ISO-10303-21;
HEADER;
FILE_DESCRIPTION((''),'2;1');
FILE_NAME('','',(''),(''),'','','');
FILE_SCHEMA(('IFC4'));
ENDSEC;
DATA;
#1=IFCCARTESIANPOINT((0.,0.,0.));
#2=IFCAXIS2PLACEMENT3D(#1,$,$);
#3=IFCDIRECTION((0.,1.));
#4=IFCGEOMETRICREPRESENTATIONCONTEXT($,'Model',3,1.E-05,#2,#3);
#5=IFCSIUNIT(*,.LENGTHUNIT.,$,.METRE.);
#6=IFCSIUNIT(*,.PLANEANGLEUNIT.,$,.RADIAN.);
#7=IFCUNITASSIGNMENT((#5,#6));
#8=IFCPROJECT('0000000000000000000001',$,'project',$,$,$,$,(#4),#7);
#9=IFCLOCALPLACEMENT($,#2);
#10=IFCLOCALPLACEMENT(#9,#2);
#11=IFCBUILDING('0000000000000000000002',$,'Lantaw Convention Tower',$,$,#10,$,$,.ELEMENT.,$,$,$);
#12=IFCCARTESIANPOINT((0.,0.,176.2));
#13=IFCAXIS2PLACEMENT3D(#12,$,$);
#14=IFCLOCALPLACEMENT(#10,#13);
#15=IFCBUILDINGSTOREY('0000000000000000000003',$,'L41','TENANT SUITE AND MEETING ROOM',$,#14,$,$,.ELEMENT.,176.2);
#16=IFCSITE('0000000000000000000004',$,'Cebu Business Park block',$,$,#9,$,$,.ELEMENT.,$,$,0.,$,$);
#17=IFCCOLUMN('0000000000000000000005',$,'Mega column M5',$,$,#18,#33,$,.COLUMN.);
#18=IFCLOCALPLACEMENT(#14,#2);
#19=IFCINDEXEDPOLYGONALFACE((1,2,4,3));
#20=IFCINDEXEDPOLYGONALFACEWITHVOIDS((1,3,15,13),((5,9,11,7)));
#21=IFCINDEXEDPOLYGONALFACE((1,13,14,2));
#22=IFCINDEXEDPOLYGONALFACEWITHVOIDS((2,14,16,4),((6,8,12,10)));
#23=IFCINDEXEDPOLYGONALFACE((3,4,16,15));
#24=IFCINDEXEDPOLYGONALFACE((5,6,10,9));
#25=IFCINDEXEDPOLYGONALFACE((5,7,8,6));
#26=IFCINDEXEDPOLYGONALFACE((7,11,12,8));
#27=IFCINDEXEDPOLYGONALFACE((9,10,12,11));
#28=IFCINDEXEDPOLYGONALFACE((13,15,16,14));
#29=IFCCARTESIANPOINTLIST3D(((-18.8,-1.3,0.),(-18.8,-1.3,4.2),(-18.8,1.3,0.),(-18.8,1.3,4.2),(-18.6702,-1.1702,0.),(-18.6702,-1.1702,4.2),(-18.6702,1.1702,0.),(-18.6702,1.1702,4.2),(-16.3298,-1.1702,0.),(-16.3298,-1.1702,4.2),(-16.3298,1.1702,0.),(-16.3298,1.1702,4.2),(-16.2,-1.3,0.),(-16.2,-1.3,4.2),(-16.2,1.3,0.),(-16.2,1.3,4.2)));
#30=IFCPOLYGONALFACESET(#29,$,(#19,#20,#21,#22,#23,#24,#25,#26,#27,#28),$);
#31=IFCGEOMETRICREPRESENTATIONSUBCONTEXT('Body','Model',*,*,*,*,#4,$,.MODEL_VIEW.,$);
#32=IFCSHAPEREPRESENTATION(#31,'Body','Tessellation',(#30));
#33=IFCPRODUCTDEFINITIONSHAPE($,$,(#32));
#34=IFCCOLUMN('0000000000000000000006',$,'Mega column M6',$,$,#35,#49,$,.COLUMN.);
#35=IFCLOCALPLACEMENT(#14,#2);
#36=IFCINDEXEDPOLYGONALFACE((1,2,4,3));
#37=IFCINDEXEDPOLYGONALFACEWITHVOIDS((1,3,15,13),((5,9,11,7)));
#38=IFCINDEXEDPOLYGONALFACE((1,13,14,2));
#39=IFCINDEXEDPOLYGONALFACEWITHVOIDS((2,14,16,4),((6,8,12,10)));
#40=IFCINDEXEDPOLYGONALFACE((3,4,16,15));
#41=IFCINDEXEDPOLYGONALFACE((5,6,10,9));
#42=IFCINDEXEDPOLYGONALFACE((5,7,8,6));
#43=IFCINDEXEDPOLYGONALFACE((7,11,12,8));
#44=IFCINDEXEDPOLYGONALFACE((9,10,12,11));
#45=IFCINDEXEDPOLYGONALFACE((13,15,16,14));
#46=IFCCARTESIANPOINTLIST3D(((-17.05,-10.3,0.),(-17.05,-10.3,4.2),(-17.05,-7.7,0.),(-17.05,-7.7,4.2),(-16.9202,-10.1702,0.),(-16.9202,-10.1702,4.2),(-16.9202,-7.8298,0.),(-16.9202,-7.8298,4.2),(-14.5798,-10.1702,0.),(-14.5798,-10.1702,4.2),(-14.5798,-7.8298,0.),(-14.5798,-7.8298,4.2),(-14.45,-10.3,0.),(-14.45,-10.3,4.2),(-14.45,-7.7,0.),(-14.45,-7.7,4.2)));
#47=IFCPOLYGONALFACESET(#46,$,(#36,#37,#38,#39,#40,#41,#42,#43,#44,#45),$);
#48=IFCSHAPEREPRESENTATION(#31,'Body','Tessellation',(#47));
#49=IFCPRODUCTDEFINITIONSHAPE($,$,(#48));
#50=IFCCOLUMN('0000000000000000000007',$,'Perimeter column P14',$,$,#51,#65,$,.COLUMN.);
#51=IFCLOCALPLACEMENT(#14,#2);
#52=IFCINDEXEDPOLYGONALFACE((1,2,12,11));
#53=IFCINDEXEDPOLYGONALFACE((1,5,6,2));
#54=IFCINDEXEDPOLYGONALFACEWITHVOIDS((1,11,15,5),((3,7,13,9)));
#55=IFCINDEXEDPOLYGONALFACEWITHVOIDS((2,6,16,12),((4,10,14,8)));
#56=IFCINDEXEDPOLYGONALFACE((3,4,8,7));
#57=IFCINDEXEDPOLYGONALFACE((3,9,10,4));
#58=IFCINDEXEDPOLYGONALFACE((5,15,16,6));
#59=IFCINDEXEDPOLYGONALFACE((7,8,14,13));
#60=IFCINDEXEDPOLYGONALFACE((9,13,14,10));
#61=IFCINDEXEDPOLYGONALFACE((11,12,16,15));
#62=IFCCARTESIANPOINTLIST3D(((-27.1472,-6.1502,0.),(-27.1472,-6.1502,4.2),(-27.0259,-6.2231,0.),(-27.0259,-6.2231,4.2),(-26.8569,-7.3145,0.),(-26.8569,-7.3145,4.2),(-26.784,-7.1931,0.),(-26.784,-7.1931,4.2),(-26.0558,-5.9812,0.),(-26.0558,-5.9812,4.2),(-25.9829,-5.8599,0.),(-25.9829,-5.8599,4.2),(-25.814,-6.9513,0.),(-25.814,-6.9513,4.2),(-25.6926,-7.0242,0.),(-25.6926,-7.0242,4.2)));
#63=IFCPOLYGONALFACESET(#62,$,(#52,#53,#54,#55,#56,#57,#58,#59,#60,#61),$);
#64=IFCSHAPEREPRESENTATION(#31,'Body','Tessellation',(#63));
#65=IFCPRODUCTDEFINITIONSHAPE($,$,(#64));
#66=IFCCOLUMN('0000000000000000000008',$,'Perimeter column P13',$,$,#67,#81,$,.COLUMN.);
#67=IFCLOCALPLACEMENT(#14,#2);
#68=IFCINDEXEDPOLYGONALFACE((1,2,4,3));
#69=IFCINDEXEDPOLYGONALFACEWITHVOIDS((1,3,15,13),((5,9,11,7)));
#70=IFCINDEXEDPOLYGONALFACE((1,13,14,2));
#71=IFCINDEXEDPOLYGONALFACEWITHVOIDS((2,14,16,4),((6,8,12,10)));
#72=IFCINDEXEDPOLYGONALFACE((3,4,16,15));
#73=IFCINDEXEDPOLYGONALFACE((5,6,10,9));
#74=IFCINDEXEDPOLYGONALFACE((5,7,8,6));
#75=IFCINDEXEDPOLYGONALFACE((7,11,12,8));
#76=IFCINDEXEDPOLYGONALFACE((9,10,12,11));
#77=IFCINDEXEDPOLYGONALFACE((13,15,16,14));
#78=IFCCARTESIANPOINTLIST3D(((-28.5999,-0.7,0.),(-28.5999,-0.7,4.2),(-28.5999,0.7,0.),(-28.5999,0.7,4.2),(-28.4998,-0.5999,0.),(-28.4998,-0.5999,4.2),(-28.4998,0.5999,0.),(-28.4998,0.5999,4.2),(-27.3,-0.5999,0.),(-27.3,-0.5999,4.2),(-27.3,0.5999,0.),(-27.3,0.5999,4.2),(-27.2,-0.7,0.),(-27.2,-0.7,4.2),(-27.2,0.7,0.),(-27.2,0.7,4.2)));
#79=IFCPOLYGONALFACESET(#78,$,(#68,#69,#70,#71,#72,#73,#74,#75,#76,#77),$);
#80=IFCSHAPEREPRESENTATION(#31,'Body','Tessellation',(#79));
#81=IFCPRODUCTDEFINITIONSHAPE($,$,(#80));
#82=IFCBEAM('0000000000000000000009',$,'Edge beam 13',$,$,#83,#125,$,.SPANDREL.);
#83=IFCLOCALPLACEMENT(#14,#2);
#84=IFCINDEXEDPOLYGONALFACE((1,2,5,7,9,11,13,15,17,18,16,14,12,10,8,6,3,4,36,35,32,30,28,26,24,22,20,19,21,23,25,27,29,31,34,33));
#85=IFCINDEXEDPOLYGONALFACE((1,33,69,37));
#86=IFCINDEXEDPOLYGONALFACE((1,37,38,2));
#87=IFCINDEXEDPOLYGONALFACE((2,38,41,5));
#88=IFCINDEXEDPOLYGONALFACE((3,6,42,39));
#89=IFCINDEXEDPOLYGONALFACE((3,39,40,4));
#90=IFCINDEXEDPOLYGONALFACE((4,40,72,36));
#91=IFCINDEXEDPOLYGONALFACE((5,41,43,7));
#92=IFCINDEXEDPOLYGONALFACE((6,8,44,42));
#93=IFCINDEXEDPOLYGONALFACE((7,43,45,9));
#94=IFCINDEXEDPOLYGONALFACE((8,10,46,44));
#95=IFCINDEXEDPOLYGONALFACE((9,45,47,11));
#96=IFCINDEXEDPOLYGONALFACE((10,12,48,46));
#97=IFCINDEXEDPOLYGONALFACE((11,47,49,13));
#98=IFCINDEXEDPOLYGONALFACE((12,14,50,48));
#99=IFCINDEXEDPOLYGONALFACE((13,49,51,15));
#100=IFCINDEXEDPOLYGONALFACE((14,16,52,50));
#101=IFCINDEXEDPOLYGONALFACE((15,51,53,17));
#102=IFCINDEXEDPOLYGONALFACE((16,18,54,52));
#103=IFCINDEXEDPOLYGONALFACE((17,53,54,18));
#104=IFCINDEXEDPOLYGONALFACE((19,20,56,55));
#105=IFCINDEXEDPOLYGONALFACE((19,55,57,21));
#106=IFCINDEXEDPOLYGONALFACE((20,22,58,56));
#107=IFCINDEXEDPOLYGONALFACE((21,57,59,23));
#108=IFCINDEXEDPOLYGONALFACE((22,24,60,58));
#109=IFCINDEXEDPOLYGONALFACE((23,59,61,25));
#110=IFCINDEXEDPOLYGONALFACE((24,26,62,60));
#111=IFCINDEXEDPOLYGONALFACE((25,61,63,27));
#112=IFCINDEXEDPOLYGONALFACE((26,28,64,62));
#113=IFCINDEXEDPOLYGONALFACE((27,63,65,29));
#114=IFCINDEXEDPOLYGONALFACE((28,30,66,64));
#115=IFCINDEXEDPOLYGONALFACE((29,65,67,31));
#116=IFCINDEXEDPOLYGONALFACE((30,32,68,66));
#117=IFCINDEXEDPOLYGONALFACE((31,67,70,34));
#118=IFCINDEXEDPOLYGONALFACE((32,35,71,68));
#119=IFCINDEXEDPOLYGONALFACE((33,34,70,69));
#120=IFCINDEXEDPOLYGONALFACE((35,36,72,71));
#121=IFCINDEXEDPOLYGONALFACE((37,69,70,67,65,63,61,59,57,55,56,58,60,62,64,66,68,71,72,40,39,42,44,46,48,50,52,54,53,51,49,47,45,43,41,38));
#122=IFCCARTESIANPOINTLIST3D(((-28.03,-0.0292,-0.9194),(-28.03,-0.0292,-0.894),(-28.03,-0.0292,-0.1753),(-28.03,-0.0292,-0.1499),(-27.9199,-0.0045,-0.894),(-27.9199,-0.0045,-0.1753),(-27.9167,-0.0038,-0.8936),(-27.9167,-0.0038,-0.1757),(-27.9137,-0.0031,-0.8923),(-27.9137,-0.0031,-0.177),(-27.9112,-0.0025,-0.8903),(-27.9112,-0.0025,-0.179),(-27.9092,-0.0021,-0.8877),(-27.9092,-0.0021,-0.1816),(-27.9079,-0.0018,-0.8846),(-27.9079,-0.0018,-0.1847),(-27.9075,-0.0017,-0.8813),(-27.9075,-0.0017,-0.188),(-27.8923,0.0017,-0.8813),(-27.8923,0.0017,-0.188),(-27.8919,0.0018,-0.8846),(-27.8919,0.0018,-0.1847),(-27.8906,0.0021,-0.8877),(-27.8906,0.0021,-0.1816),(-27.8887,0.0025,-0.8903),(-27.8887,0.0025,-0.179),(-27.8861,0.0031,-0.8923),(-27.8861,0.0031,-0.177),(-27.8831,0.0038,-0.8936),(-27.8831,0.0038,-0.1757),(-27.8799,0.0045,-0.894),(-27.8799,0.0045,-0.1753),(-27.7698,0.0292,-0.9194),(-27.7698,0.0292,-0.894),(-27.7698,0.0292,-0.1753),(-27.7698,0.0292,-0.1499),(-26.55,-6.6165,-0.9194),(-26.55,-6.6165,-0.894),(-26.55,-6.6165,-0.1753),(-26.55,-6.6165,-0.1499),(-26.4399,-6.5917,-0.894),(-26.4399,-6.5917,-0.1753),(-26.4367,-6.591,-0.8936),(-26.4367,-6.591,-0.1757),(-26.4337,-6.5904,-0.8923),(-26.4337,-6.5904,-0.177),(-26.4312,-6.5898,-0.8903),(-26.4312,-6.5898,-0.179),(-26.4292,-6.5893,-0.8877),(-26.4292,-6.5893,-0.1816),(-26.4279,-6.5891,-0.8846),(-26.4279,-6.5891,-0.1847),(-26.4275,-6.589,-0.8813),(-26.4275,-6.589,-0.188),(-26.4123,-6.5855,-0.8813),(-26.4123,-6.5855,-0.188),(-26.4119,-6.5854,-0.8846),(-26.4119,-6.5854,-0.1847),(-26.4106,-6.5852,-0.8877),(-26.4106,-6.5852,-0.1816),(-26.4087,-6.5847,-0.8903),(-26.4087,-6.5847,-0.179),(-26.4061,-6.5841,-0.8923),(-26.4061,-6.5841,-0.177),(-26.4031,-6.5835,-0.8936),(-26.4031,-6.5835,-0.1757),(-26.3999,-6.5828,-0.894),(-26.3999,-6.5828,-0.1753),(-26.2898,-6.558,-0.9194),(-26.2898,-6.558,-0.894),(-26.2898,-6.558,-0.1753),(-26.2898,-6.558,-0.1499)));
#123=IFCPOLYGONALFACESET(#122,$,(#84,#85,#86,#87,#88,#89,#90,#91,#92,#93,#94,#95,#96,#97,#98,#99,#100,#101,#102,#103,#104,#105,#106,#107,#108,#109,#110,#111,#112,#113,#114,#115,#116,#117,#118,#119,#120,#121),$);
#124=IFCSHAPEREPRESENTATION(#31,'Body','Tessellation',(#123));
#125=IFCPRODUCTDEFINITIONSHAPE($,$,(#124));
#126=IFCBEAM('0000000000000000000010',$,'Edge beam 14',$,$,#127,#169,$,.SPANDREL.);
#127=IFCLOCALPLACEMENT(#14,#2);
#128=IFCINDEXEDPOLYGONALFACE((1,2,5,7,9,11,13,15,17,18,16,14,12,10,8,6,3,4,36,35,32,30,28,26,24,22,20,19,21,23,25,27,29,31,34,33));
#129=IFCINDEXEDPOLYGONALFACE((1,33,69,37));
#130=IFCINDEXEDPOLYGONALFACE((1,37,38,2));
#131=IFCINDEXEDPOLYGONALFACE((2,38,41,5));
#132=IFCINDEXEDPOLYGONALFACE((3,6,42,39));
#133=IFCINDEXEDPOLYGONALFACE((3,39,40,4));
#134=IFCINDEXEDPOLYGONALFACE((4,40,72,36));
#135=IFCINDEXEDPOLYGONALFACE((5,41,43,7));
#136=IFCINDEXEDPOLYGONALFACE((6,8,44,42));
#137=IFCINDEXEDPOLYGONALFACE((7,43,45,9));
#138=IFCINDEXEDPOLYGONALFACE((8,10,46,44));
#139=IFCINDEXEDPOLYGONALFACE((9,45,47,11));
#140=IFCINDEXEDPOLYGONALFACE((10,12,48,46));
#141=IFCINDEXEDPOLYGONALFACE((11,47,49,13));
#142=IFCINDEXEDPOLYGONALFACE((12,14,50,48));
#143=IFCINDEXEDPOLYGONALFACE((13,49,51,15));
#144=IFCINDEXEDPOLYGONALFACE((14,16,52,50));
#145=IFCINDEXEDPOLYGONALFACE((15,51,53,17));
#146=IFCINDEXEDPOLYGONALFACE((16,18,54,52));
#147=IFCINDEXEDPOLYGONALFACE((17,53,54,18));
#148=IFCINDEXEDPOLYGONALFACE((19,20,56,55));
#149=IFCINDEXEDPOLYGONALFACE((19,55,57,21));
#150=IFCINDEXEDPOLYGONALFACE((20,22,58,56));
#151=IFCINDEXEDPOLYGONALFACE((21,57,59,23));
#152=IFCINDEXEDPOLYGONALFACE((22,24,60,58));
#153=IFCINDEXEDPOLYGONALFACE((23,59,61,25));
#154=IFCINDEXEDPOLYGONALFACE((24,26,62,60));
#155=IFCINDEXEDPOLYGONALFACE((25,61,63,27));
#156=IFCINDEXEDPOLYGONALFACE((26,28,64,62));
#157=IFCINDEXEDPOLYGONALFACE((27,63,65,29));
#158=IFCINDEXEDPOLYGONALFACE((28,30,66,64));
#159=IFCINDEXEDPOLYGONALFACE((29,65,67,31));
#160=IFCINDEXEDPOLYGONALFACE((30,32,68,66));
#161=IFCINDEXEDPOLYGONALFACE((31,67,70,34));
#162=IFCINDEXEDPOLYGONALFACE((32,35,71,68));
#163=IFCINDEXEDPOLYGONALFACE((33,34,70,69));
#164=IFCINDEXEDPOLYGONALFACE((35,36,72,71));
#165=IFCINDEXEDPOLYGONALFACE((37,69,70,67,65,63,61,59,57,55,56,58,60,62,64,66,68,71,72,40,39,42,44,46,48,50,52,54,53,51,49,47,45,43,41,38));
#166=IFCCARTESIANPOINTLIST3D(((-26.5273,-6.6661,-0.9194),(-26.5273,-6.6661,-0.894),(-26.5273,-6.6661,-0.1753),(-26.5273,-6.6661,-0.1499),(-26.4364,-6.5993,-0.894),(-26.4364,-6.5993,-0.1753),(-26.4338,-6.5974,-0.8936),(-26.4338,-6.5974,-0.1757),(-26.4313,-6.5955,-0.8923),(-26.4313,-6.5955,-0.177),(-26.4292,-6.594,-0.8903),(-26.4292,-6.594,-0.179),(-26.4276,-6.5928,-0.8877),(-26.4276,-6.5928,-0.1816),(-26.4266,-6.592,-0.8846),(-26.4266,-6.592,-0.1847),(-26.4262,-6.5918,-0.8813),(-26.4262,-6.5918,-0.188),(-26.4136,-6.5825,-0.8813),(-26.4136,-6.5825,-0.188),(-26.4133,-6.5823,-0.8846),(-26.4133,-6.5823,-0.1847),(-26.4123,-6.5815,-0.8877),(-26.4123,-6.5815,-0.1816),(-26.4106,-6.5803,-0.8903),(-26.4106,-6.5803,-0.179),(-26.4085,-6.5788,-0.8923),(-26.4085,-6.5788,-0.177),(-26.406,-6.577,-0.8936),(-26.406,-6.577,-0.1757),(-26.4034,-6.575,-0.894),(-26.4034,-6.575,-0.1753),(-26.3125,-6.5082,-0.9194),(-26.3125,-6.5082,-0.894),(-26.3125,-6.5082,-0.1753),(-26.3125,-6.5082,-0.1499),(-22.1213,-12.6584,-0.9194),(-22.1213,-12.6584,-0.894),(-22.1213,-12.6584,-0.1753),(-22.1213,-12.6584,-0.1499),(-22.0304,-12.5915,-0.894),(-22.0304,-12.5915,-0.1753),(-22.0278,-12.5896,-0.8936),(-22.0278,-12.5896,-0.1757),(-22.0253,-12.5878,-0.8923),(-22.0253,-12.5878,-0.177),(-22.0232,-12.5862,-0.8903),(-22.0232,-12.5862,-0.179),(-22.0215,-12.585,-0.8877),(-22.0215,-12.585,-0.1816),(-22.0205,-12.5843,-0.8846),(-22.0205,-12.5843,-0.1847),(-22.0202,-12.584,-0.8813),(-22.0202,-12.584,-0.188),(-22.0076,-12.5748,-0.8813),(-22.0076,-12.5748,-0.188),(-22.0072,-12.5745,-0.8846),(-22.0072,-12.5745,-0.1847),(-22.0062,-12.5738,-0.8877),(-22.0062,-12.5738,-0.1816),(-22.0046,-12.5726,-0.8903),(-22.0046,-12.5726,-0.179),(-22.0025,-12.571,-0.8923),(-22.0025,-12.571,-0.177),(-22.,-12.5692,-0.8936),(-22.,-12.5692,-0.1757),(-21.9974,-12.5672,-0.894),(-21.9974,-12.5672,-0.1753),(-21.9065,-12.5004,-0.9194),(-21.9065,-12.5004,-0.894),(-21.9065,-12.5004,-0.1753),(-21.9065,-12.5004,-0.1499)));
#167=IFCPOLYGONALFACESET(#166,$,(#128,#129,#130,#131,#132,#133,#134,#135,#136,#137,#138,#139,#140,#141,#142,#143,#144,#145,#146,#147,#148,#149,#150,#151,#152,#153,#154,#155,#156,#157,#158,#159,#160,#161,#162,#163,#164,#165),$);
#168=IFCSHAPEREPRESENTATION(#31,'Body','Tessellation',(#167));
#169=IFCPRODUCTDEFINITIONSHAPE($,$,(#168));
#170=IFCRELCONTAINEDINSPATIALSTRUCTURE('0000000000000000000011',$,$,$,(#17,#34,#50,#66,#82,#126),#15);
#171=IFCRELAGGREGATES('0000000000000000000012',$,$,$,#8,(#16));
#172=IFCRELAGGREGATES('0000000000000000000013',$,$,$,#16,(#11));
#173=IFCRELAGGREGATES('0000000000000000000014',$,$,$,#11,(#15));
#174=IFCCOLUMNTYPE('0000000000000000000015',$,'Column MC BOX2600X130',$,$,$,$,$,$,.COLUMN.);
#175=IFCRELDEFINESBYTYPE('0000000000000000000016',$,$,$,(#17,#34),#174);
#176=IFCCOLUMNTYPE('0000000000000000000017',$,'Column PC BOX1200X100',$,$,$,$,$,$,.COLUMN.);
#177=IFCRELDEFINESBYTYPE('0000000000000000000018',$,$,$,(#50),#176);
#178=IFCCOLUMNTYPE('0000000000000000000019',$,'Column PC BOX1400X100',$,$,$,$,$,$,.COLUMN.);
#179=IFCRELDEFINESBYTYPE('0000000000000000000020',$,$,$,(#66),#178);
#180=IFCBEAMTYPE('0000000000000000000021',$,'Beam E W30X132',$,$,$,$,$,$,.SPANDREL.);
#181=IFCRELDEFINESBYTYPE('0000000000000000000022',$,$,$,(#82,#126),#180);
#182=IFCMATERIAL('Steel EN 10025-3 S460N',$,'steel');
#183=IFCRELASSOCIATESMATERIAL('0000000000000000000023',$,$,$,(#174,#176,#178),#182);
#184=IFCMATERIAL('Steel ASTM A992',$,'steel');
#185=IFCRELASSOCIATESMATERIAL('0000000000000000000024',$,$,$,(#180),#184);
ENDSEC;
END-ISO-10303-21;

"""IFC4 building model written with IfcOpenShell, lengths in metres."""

from ifc_helpers import new_model, si_unit, direction, frame, origin, origin_2d, place, context, subcontext, project, spatial, rectangle, hollow_rectangle, i_section, extrude, material, material_profile, profile_set, type_object, element, save


model = new_model("IFC4")

# Units and contexts
model_context = context("Model", 3, precision=1e-05, world=origin(), true_north=direction((0.0, 1.0)))
body_context = subcontext(model_context, "Body", "Model", "MODEL_VIEW")
ifc_project = project(units=[si_unit("LENGTHUNIT", "METRE"), si_unit("PLANEANGLEUNIT", "RADIAN")], contexts=[model_context])

# Site, building, storey
site_placement = place(None, origin())
site = spatial("IfcSite", under=ifc_project, at=site_placement, Name="Cebu Business Park block", CompositionType="ELEMENT", RefElevation=0.0)
building_placement = place(site_placement, origin())
building = spatial("IfcBuilding", under=site, at=building_placement, Name="Lantaw Convention Tower", CompositionType="ELEMENT")
storey_placement = place(building_placement, frame((0.0, 0.0, 176.2)))
storey = spatial("IfcBuildingStorey", under=building, at=storey_placement, Name="L41", Description="TENANT SUITE AND MEETING ROOM", CompositionType="ELEMENT", Elevation=176.2)

# Columns
ifc_material_1 = material(Name="Steel EN 10025-3 S460N", Category="steel")
ifc_material_profile_1 = material_profile(ifc_material_1, hollow_rectangle(XDim=2.6001, YDim=2.6001, WallThickness=0.1299, at=origin_2d()), Name="BOX2600X130")
ifc_material_2 = material(Name="Concrete C60/75", Category="concrete")
ifc_material_profile_2 = material_profile(ifc_material_2, rectangle(XDim=2.3401, YDim=2.3401, at=origin_2d()), Name="Concrete fill of BOX2600X130")
ifc_profile_set_1 = profile_set([ifc_material_profile_1, ifc_material_profile_2], Name="Steel EN 10025-3 S460N")
column_type_1 = type_object("IfcColumnType", Name="Column MC BOX2600X130", PredefinedType="COLUMN", material=ifc_profile_set_1)
for number, where, z_axis, x_axis, name in (
    (1, (-17.5, 0.0, 0.0), (0.0, 0.0, 1.0), (1.0, 0.0, 0.0), "Mega column M5"),
    (2, (-15.75, -9.0, 0.0), (0.0, 0.0, 1.0), (1.0, 0.0, 0.0), "Mega column M6"),
):
    element("IfcColumn", number, at=place(storey_placement, frame(where, z_axis=z_axis, x_axis=x_axis)), inside=storey, type_object=column_type_1, Name=name, PredefinedType="COLUMN", context=body_context, shape_type="SweptSolid", body=[
        extrude(hollow_rectangle(XDim=2.6001, YDim=2.6001, WallThickness=0.1299, at=origin_2d()), origin(), (0.0, 0.0, 1.0), 4.2),
    ])
ifc_material_profile_3 = material_profile(ifc_material_1, hollow_rectangle(XDim=1.2, YDim=1.2, WallThickness=0.1001, at=origin_2d()), Name="BOX1200X100")
ifc_material_profile_4 = material_profile(ifc_material_2, rectangle(XDim=1.0, YDim=1.0, at=origin_2d()), Name="Concrete fill of BOX1200X100")
ifc_profile_set_2 = profile_set([ifc_material_profile_3, ifc_material_profile_4], Name="Steel EN 10025-3 S460N")
column_type_2 = type_object("IfcColumnType", Name="Column PC BOX1200X100", PredefinedType="COLUMN", material=ifc_profile_set_2)
column_1_placement = place(storey_placement, frame((-26.4199, -6.5872, 0.0), z_axis=(0.0, 0.0, 1.0), x_axis=(0.970296, 0.241922, 0.0)))
element("IfcColumn", 3, at=column_1_placement, inside=storey, type_object=column_type_2, Name="Perimeter column P14", PredefinedType="COLUMN", context=body_context, shape_type="SweptSolid", body=[
    extrude(hollow_rectangle(XDim=1.2, YDim=1.2, WallThickness=0.1001, at=origin_2d()), origin(), (0.0, 0.0, 1.0), 4.2),
])
ifc_material_profile_5 = material_profile(ifc_material_1, hollow_rectangle(XDim=1.3999, YDim=1.3999, WallThickness=0.1001, at=origin_2d()), Name="BOX1400X100")
ifc_material_profile_6 = material_profile(ifc_material_2, rectangle(XDim=1.2, YDim=1.2, at=origin_2d()), Name="Concrete fill of BOX1400X100")
ifc_profile_set_3 = profile_set([ifc_material_profile_5, ifc_material_profile_6], Name="Steel EN 10025-3 S460N")
column_type_3 = type_object("IfcColumnType", Name="Column PC BOX1400X100", PredefinedType="COLUMN", material=ifc_profile_set_3)
column_2_placement = place(storey_placement, frame((-27.8999, 0.0, 0.0), z_axis=(0.0, 0.0, 1.0), x_axis=(1.0, 0.0, 0.0)))
element("IfcColumn", 4, at=column_2_placement, inside=storey, type_object=column_type_3, Name="Perimeter column P13", PredefinedType="COLUMN", context=body_context, shape_type="SweptSolid", body=[
    extrude(hollow_rectangle(XDim=1.3999, YDim=1.3999, WallThickness=0.1001, at=origin_2d()), origin(), (0.0, 0.0, 1.0), 4.2),
])

# Beams
ifc_material_3 = material(Name="Steel ASTM A992", Category="steel")
ifc_material_profile_7 = material_profile(ifc_material_3, i_section(OverallWidth=0.2666, OverallDepth=0.7695, WebThickness=0.0156, FlangeThickness=0.0254, FilletRadius=0.0127, at=origin_2d()), Name="W30X132")
ifc_profile_set_4 = profile_set([ifc_material_profile_7], Name="Steel ASTM A992")
beam_type_1 = type_object("IfcBeamType", Name="Beam E W30X132", PredefinedType="SPANDREL", material=ifc_profile_set_4)
beam_1_placement = place(storey_placement, frame((-27.8999, 0.0, -0.5347), z_axis=(0.219212, -0.975677, 0.0), x_axis=(0.975677, 0.219212, 0.0)))
element("IfcBeam", 5, at=beam_1_placement, inside=storey, type_object=beam_type_1, Name="Edge beam 13", PredefinedType="SPANDREL", context=body_context, shape_type="SweptSolid", body=[
    extrude(i_section(OverallWidth=0.2666, OverallDepth=0.7695, WebThickness=0.0156, FlangeThickness=0.0254, FilletRadius=0.0127, at=origin_2d()), origin(), (0.0, 0.0, 1.0), 6.7515),
])
beam_2_placement = place(storey_placement, frame((-26.4199, -6.5872, -0.5347), z_axis=(0.592389, -0.805652, 0.0), x_axis=(0.805652, 0.592389, 0.0)))
element("IfcBeam", 6, at=beam_2_placement, inside=storey, type_object=beam_type_1, Name="Edge beam 14", PredefinedType="SPANDREL", context=body_context, shape_type="SweptSolid", body=[
    extrude(i_section(OverallWidth=0.2666, OverallDepth=0.7695, WebThickness=0.0156, FlangeThickness=0.0254, FilletRadius=0.0127, at=origin_2d()), origin(), (0.0, 0.0, 1.0), 7.4377),
])

save(model, "model.ifc")
